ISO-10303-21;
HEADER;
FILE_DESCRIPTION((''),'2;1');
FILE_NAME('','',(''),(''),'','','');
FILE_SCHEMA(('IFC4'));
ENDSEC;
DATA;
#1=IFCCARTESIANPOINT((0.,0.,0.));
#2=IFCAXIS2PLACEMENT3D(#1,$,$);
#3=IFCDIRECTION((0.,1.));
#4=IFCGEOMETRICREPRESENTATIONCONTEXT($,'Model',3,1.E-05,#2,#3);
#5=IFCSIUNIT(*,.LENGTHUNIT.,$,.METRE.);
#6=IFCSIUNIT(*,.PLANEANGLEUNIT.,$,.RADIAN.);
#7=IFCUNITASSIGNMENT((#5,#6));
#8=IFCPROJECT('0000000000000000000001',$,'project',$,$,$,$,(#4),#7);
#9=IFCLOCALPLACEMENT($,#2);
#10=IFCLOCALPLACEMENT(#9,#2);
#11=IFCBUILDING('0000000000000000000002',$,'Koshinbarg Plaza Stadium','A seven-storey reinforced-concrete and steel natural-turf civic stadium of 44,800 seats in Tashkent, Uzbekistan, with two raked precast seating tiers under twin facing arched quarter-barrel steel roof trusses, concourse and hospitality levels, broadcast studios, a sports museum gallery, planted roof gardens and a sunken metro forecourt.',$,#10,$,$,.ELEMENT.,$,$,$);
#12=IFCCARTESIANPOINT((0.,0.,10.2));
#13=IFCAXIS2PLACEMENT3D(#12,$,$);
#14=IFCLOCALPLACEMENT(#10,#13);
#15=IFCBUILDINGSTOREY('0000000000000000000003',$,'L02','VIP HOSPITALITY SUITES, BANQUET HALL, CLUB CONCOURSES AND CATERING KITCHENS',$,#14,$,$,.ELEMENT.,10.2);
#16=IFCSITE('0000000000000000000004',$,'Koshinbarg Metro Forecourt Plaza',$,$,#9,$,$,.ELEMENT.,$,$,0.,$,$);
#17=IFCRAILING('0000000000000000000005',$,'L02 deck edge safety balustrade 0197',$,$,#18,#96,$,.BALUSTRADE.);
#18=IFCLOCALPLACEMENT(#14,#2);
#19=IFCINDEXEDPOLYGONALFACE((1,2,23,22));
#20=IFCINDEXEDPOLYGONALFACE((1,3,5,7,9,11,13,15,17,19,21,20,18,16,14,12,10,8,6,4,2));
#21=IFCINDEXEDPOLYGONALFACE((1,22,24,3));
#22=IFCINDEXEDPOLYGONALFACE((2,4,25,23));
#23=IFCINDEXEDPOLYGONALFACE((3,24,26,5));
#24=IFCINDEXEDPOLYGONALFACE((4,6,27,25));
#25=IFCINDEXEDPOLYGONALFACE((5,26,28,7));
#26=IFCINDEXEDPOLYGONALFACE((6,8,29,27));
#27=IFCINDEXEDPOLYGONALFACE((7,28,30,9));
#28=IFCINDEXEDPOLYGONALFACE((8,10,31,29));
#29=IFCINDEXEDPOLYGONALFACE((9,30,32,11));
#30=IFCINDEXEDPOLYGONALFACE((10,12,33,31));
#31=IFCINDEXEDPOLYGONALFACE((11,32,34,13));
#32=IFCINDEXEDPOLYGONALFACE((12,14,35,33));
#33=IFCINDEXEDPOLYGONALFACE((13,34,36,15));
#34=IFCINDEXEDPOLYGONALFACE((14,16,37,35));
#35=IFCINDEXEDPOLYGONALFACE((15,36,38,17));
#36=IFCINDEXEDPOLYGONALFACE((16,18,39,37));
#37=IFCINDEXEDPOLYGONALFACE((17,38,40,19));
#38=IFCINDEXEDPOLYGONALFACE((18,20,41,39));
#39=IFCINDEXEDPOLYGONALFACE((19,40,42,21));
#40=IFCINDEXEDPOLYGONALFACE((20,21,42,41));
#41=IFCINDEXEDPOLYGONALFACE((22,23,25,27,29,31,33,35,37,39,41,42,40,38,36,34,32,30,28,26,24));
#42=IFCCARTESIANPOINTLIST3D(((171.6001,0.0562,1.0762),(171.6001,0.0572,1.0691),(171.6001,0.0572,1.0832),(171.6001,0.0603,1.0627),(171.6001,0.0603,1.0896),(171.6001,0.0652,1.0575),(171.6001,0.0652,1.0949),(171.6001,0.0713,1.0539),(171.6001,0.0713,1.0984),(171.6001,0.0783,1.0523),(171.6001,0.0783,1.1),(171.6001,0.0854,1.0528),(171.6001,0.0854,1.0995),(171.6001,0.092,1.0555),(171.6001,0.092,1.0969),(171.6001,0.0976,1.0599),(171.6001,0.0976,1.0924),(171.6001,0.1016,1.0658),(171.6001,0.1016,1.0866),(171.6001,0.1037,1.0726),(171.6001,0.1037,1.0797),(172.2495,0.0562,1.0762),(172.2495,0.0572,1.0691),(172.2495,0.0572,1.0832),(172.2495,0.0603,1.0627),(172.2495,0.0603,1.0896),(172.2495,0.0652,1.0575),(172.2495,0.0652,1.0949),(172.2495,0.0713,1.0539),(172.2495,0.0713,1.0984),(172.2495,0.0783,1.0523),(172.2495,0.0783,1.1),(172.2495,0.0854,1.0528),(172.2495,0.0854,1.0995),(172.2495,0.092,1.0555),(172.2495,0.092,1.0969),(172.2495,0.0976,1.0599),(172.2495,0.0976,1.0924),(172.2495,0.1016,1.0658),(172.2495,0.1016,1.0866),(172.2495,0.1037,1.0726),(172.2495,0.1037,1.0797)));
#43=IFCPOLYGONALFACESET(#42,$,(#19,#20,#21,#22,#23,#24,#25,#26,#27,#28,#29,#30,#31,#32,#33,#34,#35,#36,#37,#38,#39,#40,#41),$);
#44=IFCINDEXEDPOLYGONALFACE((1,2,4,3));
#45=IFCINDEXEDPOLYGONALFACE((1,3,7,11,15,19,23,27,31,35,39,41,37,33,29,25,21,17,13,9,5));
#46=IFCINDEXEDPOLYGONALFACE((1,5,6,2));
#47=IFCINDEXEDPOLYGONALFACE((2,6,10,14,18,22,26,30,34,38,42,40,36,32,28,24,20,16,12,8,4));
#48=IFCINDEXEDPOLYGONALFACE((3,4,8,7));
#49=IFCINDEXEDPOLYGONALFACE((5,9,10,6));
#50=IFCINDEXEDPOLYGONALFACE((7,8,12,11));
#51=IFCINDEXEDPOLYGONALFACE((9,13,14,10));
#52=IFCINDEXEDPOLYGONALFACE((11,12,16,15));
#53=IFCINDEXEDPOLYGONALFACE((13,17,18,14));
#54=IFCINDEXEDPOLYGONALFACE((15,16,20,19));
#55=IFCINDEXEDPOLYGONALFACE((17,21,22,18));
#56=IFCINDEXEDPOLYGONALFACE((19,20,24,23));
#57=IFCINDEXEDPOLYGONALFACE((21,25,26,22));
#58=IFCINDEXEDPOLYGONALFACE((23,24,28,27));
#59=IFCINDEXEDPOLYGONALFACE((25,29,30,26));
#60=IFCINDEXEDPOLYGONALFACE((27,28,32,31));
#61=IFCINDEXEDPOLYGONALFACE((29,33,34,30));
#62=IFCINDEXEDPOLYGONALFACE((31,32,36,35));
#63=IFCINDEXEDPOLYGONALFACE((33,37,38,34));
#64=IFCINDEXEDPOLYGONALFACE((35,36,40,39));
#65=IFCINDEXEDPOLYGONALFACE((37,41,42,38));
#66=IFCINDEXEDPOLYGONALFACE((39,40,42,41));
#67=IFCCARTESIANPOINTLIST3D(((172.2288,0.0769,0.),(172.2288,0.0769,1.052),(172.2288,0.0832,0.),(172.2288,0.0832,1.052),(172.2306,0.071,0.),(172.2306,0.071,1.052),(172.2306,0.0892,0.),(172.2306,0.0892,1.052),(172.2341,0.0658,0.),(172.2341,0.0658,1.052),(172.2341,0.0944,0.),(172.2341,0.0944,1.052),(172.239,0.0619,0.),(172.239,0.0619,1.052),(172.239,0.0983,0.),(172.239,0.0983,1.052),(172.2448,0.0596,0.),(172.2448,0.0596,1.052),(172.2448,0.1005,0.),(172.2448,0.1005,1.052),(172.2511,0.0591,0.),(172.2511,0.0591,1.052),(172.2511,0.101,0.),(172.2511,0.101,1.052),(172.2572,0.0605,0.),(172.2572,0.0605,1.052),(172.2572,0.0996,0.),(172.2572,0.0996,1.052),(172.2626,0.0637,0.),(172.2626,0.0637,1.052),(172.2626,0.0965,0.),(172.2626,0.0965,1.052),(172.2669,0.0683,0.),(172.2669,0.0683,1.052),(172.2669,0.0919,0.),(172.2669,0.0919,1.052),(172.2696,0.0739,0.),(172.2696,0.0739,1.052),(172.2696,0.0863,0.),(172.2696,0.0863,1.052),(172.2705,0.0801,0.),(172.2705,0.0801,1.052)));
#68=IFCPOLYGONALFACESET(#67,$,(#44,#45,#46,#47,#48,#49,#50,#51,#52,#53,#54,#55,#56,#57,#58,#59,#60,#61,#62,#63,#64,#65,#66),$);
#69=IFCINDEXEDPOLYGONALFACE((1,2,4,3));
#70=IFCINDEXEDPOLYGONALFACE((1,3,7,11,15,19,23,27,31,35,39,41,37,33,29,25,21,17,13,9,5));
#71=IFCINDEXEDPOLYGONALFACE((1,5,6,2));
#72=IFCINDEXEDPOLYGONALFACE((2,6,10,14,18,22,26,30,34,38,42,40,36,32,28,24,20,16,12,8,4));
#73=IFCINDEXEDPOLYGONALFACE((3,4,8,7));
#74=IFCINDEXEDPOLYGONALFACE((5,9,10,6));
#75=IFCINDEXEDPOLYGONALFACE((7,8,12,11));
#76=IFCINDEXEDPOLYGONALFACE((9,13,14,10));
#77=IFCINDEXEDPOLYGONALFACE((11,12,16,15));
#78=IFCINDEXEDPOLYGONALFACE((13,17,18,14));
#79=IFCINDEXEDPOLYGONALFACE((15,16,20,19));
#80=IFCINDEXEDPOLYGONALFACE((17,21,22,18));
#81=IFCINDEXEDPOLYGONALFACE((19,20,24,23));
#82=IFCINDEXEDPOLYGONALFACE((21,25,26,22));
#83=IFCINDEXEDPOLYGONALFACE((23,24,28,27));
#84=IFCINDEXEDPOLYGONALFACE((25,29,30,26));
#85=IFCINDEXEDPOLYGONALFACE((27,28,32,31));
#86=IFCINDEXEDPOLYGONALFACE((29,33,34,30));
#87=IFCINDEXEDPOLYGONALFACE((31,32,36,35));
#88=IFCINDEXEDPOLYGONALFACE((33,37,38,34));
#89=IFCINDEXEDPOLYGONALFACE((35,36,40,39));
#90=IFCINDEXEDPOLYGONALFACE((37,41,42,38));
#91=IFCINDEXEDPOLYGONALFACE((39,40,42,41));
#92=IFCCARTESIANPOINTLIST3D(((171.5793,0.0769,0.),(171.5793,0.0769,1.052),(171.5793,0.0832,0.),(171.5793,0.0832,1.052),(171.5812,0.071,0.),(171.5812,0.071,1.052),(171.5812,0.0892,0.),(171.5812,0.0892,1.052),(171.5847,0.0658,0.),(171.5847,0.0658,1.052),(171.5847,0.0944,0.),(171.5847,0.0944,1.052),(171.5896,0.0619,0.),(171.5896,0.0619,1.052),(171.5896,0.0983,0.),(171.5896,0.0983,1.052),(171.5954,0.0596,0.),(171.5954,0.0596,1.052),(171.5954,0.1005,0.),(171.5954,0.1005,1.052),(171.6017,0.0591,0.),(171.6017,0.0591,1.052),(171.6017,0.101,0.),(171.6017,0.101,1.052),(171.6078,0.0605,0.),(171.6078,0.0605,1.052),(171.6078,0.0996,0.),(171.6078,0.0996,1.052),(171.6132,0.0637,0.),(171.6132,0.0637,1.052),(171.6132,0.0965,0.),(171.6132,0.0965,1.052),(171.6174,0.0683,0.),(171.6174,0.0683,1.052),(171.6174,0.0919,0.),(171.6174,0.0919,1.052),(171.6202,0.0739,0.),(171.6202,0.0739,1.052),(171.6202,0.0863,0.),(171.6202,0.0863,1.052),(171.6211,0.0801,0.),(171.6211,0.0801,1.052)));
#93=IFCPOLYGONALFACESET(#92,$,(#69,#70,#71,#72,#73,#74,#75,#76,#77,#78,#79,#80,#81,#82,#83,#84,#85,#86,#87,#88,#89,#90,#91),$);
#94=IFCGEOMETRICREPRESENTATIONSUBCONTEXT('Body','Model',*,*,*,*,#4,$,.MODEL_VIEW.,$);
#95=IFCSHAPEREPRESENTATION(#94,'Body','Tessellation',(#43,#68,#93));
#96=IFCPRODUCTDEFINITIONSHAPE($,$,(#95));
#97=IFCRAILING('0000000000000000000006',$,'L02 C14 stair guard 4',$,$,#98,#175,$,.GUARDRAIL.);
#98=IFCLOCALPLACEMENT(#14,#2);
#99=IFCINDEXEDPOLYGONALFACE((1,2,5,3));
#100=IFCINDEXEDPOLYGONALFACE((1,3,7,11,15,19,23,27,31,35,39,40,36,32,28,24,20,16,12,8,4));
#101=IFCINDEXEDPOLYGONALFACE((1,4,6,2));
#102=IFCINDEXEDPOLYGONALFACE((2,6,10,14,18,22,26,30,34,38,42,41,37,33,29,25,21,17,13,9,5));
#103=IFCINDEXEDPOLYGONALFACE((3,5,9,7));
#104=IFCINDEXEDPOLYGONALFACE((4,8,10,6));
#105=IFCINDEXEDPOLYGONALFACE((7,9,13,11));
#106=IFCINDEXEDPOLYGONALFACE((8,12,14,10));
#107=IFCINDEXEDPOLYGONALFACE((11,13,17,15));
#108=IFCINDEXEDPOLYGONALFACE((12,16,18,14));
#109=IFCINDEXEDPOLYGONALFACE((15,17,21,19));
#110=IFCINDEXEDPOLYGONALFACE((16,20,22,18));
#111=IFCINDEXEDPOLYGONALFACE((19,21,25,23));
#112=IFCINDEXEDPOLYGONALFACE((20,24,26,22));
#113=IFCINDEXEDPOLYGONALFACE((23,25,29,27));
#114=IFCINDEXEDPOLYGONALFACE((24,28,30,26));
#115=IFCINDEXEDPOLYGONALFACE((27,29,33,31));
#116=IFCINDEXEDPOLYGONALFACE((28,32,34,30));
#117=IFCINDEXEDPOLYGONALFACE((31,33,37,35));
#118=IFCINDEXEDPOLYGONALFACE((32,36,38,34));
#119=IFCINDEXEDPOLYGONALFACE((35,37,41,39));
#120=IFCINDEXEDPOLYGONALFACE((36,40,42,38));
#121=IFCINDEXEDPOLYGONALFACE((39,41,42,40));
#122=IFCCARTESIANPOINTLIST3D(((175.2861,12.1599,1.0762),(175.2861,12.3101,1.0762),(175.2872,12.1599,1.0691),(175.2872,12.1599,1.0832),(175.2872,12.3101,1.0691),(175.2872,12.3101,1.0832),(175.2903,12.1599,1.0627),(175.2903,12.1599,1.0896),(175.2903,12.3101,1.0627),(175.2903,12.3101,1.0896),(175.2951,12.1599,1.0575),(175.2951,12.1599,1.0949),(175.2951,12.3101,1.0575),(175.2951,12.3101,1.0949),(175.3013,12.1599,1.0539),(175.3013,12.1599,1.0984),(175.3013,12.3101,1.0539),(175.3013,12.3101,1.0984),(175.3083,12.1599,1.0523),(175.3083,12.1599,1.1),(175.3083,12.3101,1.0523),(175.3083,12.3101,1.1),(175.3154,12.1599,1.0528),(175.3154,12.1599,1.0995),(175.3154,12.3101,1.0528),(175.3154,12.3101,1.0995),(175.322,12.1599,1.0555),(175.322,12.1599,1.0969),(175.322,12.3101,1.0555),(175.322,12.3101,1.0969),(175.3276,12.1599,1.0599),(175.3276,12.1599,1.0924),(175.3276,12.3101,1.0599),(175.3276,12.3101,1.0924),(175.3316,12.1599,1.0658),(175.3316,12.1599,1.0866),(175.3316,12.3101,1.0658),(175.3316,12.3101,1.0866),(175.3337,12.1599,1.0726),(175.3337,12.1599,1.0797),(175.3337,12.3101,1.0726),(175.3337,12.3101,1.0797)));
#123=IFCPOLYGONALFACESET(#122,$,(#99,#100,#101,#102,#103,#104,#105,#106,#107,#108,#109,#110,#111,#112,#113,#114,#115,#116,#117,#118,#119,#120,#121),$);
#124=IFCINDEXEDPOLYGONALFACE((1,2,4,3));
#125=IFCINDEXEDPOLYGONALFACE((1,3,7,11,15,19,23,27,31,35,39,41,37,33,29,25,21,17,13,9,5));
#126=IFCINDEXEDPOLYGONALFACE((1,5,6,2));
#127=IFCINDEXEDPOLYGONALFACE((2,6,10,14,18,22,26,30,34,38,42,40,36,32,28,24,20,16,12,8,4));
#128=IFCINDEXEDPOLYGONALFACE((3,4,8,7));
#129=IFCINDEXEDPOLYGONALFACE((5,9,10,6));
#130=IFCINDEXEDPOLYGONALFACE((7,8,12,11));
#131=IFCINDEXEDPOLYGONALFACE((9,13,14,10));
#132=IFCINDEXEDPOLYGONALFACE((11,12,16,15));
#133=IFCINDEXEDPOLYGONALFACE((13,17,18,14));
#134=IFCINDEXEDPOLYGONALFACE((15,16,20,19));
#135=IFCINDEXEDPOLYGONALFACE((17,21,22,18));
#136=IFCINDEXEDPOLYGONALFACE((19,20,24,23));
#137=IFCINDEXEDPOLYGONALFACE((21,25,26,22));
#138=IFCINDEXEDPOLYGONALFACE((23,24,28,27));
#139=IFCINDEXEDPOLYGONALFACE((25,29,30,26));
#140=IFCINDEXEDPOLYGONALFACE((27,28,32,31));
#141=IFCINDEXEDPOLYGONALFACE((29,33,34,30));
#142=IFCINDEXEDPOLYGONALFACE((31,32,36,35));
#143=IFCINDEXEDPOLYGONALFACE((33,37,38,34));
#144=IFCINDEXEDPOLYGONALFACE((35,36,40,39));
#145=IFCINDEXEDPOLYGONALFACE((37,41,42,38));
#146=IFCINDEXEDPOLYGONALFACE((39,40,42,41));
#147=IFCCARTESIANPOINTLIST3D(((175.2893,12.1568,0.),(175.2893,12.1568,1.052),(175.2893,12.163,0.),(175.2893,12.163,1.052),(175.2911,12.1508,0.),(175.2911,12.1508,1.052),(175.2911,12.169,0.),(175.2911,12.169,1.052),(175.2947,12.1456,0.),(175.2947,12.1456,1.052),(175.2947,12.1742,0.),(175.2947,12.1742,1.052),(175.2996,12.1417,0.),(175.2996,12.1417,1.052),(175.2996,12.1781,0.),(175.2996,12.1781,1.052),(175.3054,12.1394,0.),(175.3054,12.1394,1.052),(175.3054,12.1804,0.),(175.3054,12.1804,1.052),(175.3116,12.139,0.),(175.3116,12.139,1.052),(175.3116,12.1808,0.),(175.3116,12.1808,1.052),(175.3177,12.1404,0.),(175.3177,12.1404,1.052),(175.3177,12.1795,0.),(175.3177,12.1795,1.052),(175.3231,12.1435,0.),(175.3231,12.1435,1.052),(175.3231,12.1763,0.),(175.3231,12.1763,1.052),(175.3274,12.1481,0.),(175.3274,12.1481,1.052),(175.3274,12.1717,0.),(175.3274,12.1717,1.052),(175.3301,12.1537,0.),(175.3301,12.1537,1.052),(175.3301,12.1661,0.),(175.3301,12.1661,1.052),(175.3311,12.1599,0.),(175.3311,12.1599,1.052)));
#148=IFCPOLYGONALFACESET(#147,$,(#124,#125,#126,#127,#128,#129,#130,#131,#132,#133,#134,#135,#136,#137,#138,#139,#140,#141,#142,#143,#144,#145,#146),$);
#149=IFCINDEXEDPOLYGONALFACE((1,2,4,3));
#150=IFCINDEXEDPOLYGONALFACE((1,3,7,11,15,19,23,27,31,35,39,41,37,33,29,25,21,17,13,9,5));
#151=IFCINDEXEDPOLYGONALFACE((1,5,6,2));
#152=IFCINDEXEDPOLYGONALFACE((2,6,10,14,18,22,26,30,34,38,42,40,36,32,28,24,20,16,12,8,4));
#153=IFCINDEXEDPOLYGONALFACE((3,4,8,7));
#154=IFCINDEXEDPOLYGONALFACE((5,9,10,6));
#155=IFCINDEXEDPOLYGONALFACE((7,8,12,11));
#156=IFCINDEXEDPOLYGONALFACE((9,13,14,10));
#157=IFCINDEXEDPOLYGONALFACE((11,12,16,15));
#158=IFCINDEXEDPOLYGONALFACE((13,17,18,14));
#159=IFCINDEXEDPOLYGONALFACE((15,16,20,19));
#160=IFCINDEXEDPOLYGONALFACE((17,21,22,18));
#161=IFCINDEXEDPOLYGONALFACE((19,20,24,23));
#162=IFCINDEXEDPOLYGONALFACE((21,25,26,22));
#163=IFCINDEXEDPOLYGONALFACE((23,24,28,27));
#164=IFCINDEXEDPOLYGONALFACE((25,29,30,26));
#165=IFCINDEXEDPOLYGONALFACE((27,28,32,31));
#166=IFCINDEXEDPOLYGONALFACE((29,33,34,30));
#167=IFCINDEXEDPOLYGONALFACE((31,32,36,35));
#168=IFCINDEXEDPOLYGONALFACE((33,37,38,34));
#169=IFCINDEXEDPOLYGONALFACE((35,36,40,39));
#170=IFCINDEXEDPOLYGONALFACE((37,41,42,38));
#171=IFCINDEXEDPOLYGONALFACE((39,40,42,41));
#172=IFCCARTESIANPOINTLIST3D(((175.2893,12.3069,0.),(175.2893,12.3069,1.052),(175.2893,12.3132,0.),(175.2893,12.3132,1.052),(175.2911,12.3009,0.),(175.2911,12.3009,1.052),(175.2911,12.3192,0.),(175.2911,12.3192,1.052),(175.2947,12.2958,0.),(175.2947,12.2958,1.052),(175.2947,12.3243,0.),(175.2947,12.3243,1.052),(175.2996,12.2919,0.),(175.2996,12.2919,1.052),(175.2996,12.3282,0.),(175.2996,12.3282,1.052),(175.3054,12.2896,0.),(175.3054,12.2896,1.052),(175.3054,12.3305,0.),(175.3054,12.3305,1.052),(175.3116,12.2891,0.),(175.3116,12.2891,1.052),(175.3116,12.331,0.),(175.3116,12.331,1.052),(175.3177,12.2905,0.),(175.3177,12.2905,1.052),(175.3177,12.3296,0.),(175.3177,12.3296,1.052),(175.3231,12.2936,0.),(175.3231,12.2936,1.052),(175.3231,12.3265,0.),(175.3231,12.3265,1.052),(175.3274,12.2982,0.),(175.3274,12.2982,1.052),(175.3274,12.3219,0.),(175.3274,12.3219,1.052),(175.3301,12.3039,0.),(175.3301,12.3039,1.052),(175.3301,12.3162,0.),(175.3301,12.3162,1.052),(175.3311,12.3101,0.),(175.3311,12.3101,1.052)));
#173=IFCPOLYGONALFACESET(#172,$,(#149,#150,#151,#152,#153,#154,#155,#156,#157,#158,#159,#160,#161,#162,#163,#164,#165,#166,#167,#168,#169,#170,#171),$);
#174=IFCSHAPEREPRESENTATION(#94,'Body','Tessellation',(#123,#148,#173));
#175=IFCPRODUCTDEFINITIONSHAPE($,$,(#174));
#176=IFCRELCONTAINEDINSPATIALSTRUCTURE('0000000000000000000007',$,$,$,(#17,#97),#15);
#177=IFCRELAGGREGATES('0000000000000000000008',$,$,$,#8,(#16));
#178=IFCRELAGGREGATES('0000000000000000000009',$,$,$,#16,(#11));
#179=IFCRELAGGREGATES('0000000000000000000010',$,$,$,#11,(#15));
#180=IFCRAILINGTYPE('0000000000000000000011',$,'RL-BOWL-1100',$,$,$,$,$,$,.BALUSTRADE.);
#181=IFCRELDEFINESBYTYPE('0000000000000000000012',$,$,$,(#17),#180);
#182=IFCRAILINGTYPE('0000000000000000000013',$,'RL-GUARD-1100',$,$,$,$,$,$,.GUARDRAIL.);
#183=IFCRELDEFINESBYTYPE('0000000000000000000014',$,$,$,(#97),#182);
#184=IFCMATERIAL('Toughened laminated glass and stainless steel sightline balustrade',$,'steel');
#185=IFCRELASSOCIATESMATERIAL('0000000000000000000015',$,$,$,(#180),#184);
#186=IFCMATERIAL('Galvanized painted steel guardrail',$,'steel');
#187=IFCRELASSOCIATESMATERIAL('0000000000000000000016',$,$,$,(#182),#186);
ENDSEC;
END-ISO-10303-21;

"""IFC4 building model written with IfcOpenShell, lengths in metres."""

from ifc_helpers import new_model, si_unit, direction, frame, origin, origin_2d, place, context, subcontext, project, spatial, circle, extrude, material, type_object, element, save


model = new_model("IFC4")

# Units and contexts
model_context = context("Model", 3, precision=1e-05, world=origin(), true_north=direction((0.0, 1.0)))
body_context = subcontext(model_context, "Body", "Model", "MODEL_VIEW")
ifc_project = project(units=[si_unit("LENGTHUNIT", "METRE"), si_unit("PLANEANGLEUNIT", "RADIAN")], contexts=[model_context])

# Site, building, storey
site_placement = place(None, origin())
site = spatial("IfcSite", under=ifc_project, at=site_placement, Name="Koshinbarg Metro Forecourt Plaza", CompositionType="ELEMENT", RefElevation=0.0)
building_placement = place(site_placement, origin())
building = spatial("IfcBuilding", under=site, at=building_placement, Name="Koshinbarg Plaza Stadium", Description="A seven-storey reinforced-concrete and steel natural-turf civic stadium of 44,800 seats in Tashkent, Uzbekistan, with two raked precast seating tiers under twin facing arched quarter-barrel steel roof trusses, concourse and hospitality levels, broadcast studios, a sports museum gallery, planted roof gardens and a sunken metro forecourt.", CompositionType="ELEMENT")
storey_placement = place(building_placement, frame((0.0, 0.0, 10.2)))
storey = spatial("IfcBuildingStorey", under=building, at=storey_placement, Name="L02", Description="VIP HOSPITALITY SUITES, BANQUET HALL, CLUB CONCOURSES AND CATERING KITCHENS", CompositionType="ELEMENT", Elevation=10.2)

# Railings
ifc_material_1 = material(Name="Toughened laminated glass and stainless steel sightline balustrade", Category="steel")
railing_type_1 = type_object("IfcRailingType", Name="RL-BOWL-1100", PredefinedType="BALUSTRADE", material=ifc_material_1)
railing_1_placement = place(storey_placement, frame((172.2495, 0.0801, 0.0)))
element("IfcRailing", 1, at=railing_1_placement, inside=storey, type_object=railing_type_1, Name="L02 deck edge safety balustrade 0197", PredefinedType="BALUSTRADE", context=body_context, shape_type="SweptSolid", body=[
    extrude(circle(Radius=0.0239, at=origin_2d()), frame((0.0, 0.0, 1.0762), z_axis=(-1.0, 0.0, 0.0), x_axis=(0.0, -1.0, 0.0)), (0.0, 0.0, 1.0), 0.6494),
    extrude(circle(Radius=0.021, at=origin_2d()), origin(), (0.0, 0.0, 1.0), 1.052),
    extrude(circle(Radius=0.021, at=origin_2d()), frame((-0.6494, 0.0, 0.0)), (0.0, 0.0, 1.0), 1.052),
])
ifc_material_2 = material(Name="Galvanized painted steel guardrail", Category="steel")
railing_type_2 = type_object("IfcRailingType", Name="RL-GUARD-1100", PredefinedType="GUARDRAIL", material=ifc_material_2)
railing_2_placement = place(storey_placement, frame((175.3101, 12.1599, 0.0)))
element("IfcRailing", 2, at=railing_2_placement, inside=storey, type_object=railing_type_2, Name="L02 C14 stair guard 4", PredefinedType="GUARDRAIL", context=body_context, shape_type="SweptSolid", body=[
    extrude(circle(Radius=0.0239, at=origin_2d()), frame((0.0, 0.0, 1.0762), z_axis=(0.0, 1.0, 0.0), x_axis=(-1.0, 0.0, 0.0)), (0.0, 0.0, 1.0), 0.1501),
    extrude(circle(Radius=0.021, at=origin_2d()), origin(), (0.0, 0.0, 1.0), 1.052),
    extrude(circle(Radius=0.021, at=origin_2d()), frame((0.0, 0.1501, 0.0)), (0.0, 0.0, 1.0), 1.052),
])

save(model, "model.ifc")
